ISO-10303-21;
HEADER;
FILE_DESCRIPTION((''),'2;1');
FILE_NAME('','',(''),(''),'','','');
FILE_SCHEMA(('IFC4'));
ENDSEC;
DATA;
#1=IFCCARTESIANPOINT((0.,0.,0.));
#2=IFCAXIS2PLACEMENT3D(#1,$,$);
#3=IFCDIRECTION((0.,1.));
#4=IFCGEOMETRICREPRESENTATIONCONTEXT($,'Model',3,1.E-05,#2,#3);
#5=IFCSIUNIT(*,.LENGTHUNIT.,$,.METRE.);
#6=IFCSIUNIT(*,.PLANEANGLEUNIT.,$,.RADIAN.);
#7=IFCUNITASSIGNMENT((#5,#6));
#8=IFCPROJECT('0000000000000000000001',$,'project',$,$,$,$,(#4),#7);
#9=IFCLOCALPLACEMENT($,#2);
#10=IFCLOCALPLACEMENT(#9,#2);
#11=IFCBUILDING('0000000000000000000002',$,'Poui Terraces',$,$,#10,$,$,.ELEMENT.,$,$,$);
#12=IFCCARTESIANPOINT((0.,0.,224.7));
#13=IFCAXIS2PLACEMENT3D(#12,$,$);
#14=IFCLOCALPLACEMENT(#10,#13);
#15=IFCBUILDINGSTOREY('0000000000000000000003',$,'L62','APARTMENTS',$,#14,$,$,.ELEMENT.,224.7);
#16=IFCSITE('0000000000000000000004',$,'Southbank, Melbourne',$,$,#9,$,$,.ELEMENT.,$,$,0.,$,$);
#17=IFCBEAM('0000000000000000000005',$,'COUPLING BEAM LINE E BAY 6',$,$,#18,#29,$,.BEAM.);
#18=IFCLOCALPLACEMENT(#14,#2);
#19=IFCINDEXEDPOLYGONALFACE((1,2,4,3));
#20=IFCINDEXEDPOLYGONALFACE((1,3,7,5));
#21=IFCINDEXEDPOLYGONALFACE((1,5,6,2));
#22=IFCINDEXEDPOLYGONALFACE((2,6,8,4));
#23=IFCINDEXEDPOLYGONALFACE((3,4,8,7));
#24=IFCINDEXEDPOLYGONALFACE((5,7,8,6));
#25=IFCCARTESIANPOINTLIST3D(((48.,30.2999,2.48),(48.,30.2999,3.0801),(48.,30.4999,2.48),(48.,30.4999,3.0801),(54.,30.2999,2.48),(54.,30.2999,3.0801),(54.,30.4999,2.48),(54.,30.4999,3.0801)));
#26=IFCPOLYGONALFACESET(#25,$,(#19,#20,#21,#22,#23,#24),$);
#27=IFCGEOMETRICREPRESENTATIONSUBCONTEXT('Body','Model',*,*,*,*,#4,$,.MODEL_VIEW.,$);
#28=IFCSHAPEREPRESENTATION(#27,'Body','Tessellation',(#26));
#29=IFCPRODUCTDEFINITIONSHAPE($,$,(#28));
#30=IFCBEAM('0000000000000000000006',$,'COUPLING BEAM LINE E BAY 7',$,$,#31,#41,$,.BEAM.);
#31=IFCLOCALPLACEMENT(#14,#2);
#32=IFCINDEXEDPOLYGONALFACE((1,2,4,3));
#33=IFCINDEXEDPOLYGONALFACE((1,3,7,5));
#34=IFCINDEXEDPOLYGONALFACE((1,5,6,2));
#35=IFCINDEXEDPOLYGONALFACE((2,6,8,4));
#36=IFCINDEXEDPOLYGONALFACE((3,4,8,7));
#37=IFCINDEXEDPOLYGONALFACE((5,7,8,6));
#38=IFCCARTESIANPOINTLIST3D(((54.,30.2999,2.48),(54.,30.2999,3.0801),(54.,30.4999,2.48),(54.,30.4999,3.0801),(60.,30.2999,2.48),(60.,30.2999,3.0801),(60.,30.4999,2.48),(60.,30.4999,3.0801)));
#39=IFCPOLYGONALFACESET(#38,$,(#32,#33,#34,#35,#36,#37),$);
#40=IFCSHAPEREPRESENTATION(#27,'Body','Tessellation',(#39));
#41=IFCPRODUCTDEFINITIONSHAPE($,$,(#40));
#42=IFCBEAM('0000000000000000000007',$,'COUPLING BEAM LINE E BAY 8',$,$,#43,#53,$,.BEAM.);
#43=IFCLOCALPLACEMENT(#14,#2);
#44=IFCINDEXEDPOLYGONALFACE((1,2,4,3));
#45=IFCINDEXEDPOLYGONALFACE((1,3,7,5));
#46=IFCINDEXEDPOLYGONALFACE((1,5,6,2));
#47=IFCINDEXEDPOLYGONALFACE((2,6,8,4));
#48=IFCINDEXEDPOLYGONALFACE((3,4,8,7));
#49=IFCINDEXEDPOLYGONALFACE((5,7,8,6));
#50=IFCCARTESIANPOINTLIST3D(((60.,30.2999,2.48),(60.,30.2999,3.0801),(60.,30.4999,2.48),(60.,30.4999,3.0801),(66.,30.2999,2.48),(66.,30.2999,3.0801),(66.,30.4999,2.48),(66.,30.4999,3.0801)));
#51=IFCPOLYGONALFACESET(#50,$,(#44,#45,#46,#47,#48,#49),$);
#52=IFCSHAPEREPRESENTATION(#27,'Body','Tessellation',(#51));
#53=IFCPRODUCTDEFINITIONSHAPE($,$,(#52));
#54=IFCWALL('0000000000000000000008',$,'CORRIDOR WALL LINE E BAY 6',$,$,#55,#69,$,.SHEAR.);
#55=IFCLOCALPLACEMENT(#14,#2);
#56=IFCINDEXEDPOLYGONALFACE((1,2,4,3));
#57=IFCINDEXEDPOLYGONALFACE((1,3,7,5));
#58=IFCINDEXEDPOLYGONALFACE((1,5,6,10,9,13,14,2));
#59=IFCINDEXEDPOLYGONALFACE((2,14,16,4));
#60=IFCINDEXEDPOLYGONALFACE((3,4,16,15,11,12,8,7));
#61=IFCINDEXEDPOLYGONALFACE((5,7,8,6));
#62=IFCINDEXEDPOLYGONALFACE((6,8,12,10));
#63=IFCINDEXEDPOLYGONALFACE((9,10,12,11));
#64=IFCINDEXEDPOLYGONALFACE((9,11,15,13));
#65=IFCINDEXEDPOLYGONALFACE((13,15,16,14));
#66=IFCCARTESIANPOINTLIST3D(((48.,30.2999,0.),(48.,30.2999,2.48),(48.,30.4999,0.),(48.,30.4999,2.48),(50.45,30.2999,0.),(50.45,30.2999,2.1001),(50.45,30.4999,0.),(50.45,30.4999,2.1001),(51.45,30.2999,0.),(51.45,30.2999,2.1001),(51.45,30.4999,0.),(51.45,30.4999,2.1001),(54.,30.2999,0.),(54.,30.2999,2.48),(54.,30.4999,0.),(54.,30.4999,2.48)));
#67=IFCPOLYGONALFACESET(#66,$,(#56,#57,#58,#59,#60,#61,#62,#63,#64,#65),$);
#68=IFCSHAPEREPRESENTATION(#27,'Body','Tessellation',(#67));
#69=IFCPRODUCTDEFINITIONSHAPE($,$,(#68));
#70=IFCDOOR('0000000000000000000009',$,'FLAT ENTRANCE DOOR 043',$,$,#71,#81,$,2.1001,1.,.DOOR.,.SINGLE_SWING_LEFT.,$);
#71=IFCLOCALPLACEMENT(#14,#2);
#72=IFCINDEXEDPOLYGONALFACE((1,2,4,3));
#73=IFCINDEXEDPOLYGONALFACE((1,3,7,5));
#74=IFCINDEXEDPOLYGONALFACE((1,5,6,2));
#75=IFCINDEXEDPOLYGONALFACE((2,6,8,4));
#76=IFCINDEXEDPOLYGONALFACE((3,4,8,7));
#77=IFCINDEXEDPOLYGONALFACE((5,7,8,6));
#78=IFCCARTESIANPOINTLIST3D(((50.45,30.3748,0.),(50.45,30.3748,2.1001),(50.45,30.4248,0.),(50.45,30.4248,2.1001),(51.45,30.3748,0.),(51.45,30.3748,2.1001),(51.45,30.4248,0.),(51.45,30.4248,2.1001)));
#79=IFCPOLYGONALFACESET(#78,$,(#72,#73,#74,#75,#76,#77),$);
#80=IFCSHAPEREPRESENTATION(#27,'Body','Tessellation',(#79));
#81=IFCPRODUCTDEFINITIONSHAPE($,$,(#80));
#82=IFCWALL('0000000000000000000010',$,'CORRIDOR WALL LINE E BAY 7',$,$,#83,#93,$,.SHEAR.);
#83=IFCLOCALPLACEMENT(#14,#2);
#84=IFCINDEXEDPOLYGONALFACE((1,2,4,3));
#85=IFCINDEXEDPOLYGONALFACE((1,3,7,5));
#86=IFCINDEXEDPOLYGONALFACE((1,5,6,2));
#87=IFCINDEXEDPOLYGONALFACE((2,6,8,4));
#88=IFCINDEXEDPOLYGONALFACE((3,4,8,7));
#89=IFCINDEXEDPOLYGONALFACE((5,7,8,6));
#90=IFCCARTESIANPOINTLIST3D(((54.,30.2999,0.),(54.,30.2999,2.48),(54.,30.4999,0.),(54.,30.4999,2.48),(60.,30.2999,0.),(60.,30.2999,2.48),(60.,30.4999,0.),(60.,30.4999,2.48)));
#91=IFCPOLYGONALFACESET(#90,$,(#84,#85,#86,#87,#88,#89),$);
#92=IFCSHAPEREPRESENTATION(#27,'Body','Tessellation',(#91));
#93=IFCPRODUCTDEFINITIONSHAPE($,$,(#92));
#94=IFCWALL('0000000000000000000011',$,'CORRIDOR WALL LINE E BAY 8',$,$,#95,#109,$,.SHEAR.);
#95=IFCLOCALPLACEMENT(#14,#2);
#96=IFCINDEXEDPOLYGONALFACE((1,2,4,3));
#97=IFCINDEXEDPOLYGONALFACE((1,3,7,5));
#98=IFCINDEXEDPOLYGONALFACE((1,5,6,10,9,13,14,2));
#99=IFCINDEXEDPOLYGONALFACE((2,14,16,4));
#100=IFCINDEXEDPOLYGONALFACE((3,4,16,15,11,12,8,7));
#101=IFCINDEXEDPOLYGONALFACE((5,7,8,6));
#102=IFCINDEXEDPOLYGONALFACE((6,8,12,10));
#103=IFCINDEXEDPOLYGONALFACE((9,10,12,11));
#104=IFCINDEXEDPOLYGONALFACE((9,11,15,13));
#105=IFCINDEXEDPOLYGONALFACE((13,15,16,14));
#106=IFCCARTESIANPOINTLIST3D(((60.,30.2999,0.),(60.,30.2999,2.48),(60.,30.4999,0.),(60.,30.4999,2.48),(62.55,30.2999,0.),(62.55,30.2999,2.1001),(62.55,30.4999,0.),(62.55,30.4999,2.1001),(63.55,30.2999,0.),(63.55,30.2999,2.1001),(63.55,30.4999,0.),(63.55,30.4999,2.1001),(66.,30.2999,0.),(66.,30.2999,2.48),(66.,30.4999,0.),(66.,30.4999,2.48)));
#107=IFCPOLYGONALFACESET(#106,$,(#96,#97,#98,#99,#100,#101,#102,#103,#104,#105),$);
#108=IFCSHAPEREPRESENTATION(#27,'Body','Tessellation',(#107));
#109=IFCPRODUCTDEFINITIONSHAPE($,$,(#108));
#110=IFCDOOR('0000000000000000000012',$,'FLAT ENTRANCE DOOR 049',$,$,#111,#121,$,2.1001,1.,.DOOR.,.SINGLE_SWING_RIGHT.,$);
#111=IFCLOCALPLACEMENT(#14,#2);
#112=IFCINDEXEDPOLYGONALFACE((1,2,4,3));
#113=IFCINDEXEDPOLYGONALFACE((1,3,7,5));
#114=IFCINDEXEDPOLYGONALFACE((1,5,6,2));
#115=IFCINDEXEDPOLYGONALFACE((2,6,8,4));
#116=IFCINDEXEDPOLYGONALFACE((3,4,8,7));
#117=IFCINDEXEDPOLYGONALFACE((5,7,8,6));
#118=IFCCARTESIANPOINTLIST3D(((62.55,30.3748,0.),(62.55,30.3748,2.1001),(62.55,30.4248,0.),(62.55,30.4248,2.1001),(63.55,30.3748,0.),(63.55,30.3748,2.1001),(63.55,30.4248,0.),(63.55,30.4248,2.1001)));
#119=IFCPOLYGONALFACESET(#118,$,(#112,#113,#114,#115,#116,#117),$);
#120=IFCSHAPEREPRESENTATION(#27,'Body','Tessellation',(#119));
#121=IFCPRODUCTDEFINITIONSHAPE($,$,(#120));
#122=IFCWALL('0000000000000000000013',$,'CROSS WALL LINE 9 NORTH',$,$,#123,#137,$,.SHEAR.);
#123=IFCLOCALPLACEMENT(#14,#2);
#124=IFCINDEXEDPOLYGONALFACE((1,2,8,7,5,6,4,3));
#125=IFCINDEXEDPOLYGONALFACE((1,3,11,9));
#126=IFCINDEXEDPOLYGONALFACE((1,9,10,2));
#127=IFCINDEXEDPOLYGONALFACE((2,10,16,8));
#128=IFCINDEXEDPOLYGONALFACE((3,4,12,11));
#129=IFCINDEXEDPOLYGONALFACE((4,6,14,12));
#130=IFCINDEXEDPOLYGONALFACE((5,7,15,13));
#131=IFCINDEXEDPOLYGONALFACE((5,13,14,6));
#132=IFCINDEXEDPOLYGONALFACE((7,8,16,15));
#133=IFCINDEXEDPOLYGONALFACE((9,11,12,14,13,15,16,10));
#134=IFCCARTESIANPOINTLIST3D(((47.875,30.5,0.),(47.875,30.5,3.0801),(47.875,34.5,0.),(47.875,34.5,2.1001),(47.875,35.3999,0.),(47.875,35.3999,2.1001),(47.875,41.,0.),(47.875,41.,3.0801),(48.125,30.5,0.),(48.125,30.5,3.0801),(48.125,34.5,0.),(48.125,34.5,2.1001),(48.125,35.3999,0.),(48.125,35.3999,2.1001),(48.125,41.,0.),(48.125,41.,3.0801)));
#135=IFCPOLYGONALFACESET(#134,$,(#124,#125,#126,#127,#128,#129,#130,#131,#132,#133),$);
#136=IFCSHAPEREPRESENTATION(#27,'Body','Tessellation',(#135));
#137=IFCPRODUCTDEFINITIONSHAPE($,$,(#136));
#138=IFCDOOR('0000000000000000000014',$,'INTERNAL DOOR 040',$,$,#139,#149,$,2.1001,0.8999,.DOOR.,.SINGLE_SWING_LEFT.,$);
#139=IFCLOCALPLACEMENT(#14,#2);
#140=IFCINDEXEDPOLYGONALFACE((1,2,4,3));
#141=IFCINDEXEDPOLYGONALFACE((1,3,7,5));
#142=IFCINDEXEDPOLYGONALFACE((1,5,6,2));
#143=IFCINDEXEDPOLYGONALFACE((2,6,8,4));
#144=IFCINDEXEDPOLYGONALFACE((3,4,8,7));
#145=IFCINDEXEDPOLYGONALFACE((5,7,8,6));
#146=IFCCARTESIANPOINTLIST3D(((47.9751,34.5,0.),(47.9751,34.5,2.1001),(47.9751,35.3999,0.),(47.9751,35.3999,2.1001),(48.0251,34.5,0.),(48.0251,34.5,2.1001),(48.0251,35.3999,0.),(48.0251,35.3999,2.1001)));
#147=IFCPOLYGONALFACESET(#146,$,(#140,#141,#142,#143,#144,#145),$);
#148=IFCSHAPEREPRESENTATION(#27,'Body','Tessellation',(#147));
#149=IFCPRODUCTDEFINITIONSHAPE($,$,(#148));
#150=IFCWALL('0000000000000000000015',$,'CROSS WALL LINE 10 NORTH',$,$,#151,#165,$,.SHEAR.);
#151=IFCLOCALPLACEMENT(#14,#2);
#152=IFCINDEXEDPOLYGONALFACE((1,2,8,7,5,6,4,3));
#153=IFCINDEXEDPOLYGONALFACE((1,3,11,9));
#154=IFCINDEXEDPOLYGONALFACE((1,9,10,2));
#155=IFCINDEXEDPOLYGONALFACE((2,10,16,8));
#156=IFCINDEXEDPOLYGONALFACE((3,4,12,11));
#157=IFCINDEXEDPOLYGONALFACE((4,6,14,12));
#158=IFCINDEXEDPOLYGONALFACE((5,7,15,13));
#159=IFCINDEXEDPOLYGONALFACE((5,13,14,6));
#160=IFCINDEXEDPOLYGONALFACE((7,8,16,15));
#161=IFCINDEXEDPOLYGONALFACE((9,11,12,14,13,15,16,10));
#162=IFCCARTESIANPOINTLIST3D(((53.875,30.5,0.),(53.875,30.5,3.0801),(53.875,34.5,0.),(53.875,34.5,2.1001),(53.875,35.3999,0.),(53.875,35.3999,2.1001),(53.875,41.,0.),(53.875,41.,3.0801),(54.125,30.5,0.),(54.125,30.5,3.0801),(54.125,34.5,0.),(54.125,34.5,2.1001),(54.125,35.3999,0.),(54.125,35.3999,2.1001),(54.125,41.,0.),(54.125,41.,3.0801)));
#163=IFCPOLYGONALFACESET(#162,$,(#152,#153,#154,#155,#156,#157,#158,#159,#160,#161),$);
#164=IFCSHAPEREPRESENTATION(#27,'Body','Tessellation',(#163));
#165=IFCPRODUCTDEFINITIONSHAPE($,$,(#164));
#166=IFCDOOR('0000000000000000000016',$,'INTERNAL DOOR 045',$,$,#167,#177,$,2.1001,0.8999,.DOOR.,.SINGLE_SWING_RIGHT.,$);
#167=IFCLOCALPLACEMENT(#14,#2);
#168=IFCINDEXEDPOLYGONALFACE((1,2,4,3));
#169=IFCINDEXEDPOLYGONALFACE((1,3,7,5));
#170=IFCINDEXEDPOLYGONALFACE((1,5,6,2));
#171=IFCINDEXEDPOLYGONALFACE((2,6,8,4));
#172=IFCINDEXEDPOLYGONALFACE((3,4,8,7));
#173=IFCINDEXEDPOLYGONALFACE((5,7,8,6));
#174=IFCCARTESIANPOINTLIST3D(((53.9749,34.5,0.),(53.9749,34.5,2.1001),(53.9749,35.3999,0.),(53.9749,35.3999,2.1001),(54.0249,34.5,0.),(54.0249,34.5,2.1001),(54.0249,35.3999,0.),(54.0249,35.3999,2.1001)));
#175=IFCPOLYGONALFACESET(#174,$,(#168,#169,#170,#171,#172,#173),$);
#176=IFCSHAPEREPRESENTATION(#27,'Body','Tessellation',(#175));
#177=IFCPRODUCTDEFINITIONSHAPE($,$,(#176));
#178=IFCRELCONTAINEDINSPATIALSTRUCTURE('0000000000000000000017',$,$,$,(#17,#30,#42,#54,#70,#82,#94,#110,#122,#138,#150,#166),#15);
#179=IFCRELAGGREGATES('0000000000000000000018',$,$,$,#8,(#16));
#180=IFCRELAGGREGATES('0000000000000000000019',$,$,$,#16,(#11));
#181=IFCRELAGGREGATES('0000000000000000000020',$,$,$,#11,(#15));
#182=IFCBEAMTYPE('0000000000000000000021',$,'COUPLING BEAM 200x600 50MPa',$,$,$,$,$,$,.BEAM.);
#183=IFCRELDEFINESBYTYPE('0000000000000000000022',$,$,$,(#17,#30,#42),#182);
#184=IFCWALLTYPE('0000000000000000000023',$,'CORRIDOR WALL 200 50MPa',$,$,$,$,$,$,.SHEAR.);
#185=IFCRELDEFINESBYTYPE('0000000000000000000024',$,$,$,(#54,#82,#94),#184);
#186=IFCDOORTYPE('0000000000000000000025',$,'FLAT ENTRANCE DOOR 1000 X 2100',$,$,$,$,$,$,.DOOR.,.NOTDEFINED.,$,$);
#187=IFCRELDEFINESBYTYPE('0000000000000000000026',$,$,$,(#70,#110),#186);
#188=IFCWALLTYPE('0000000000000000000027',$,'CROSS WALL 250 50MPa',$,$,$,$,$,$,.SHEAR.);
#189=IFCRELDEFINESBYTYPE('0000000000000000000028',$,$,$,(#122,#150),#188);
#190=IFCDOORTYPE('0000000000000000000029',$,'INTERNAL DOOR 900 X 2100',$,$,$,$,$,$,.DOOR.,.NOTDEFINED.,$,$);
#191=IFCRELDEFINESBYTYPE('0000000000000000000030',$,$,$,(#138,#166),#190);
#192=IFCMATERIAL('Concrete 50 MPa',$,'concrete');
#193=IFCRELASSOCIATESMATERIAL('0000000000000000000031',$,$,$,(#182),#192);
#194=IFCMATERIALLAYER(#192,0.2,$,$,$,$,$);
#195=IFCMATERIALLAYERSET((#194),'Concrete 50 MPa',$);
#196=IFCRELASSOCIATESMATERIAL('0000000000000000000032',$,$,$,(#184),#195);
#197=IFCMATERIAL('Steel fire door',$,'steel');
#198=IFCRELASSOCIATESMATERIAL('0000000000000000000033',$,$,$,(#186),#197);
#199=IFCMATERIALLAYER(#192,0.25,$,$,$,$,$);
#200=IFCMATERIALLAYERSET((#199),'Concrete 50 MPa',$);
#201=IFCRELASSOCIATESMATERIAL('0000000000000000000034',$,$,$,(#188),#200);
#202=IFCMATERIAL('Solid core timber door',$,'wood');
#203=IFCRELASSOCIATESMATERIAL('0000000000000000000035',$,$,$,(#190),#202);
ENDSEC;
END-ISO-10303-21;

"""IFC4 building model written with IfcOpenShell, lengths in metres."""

from ifc_helpers import new_model, si_unit, direction, frame, frame_2d, origin, origin_2d, place, context, subcontext, project, spatial, rectangle, extrude, source, transform, mapped, material, layer, layer_set, material_profile, profile_set, type_object, element, fill, save


model = new_model("IFC4")

# Units and contexts
model_context = context("Model", 3, precision=1e-05, world=origin(), true_north=direction((0.0, 1.0)))
body_context = subcontext(model_context, "Body", "Model", "MODEL_VIEW")
ifc_project = project(units=[si_unit("LENGTHUNIT", "METRE"), si_unit("PLANEANGLEUNIT", "RADIAN")], contexts=[model_context])

# Site, building, storey
site_placement = place(None, origin())
site = spatial("IfcSite", under=ifc_project, at=site_placement, Name="Southbank, Melbourne", CompositionType="ELEMENT", RefElevation=0.0)
building_placement = place(site_placement, origin())
building = spatial("IfcBuilding", under=site, at=building_placement, Name="Poui Terraces", CompositionType="ELEMENT")
storey_placement = place(building_placement, frame((0.0, 0.0, 224.7)))
storey = spatial("IfcBuildingStorey", under=building, at=storey_placement, Name="L62", Description="APARTMENTS", CompositionType="ELEMENT", Elevation=224.7)

# Beams
ifc_material_1 = material(Name="Concrete 50 MPa", Category="concrete")
ifc_material_profile = material_profile(ifc_material_1, rectangle(XDim=0.2, YDim=0.6001, at=origin_2d()), Name="RC 200x600")
ifc_profile_set = profile_set([ifc_material_profile], Name="Concrete 50 MPa")
beam_type = type_object("IfcBeamType", Name="COUPLING BEAM 200x600 50MPa", PredefinedType="BEAM", material=ifc_profile_set)
shared_shape = source(origin(), body_context, "Body", "SweptSolid", [
    extrude(rectangle(XDim=0.2, YDim=0.6001, at=origin_2d()), origin(), (0.0, 0.0, 1.0), 6.0),
])
for number, where, z_axis, x_axis, name in (
    (1, (48.0, 30.3999, 2.78), (1.0, 0.0, 0.0), (0.0, 1.0, 0.0), "COUPLING BEAM LINE E BAY 6"),
    (2, (54.0, 30.3999, 2.78), (1.0, 0.0, 0.0), (0.0, 1.0, 0.0), "COUPLING BEAM LINE E BAY 7"),
    (3, (60.0, 30.3999, 2.78), (1.0, 0.0, 0.0), (0.0, 1.0, 0.0), "COUPLING BEAM LINE E BAY 8"),
):
    element("IfcBeam", number, at=place(storey_placement, frame(where, z_axis=z_axis, x_axis=x_axis)), inside=storey, type_object=beam_type, Name=name, PredefinedType="BEAM", context=body_context, shape_type="MappedRepresentation", body=[
        mapped(shared_shape, transform((0.0, 0.0, 0.0))),
    ])

# Wall, opening, door
ifc_layer_1 = layer(ifc_material_1, 0.2)
ifc_layer_set_1 = layer_set([ifc_layer_1], Name="Concrete 50 MPa")
wall_type_1 = type_object("IfcWallType", Name="CORRIDOR WALL 200 50MPa", PredefinedType="SHEAR", material=ifc_layer_set_1)
wall_1_placement = place(storey_placement, frame((48.0, 30.3999, 0.0), z_axis=(0.0, 0.0, 1.0), x_axis=(1.0, 0.0, 0.0)))
wall_1 = element("IfcWall", 4, at=wall_1_placement, inside=storey, type_object=wall_type_1, Name="CORRIDOR WALL LINE E BAY 6", PredefinedType="SHEAR", context=body_context, shape_type="SweptSolid", body=[
    extrude(rectangle(XDim=6.0, YDim=0.2, at=frame_2d((3.0, 0.0))), origin(), (0.0, 0.0, 1.0), 2.48),
])
opening_1_placement = place(wall_1_placement, frame((2.45, 0.0, 0.0)))
opening_1 = element("IfcOpeningElement", 5, at=opening_1_placement, cuts=wall_1, PredefinedType="OPENING", context=body_context, shape_type="SweptSolid", body=[
    extrude(rectangle(XDim=1.0, YDim=2.1001, at=frame_2d((0.5, 1.05))), frame((0.0, 0.1099, 0.0), z_axis=(0.0, -1.0, 0.0), x_axis=(1.0, 0.0, 0.0)), (0.0, 0.0, 1.0), 0.22),
])
ifc_material_2 = material(Name="Steel fire door", Category="steel")
door_type_1 = type_object("IfcDoorType", Name="FLAT ENTRANCE DOOR 1000 X 2100", OperationType="NOTDEFINED", PredefinedType="DOOR", material=ifc_material_2)
door_1_placement = place(opening_1_placement, origin())
door_1 = element("IfcDoor", 6, at=door_1_placement, inside=storey, type_object=door_type_1, Name="FLAT ENTRANCE DOOR 043", OperationType="SINGLE_SWING_LEFT", OverallHeight=2.1001, OverallWidth=1.0, PredefinedType="DOOR", context=body_context, shape_type="SweptSolid", body=[
    extrude(rectangle(XDim=1.0, YDim=2.1001, at=frame_2d((0.5, 1.05))), frame((0.0, 0.0249, 0.0), z_axis=(0.0, -1.0, 0.0), x_axis=(1.0, 0.0, 0.0)), (0.0, 0.0, 1.0), 0.05),
])
fill(opening_1, door_1)

# Wall
wall_2_placement = place(storey_placement, frame((54.0, 30.3999, 0.0), z_axis=(0.0, 0.0, 1.0), x_axis=(1.0, 0.0, 0.0)))
element("IfcWall", 7, at=wall_2_placement, inside=storey, type_object=wall_type_1, Name="CORRIDOR WALL LINE E BAY 7", PredefinedType="SHEAR", context=body_context, shape_type="SweptSolid", body=[
    extrude(rectangle(XDim=6.0, YDim=0.2, at=frame_2d((3.0, 0.0))), origin(), (0.0, 0.0, 1.0), 2.48),
])

# Walls, openings, doors
wall_3_placement = place(storey_placement, frame((60.0, 30.3999, 0.0), z_axis=(0.0, 0.0, 1.0), x_axis=(1.0, 0.0, 0.0)))
wall_3 = element("IfcWall", 8, at=wall_3_placement, inside=storey, type_object=wall_type_1, Name="CORRIDOR WALL LINE E BAY 8", PredefinedType="SHEAR", context=body_context, shape_type="SweptSolid", body=[
    extrude(rectangle(XDim=6.0, YDim=0.2, at=frame_2d((3.0, 0.0))), origin(), (0.0, 0.0, 1.0), 2.48),
])
opening_2_placement = place(wall_3_placement, frame((2.55, 0.0, 0.0)))
opening_2 = element("IfcOpeningElement", 9, at=opening_2_placement, cuts=wall_3, PredefinedType="OPENING", context=body_context, shape_type="SweptSolid", body=[
    extrude(rectangle(XDim=1.0, YDim=2.1001, at=frame_2d((0.5, 1.05))), frame((0.0, 0.1099, 0.0), z_axis=(0.0, -1.0, 0.0), x_axis=(1.0, 0.0, 0.0)), (0.0, 0.0, 1.0), 0.22),
])
door_2_placement = place(opening_2_placement, origin())
door_2 = element("IfcDoor", 10, at=door_2_placement, inside=storey, type_object=door_type_1, Name="FLAT ENTRANCE DOOR 049", OperationType="SINGLE_SWING_RIGHT", OverallHeight=2.1001, OverallWidth=1.0, PredefinedType="DOOR", context=body_context, shape_type="SweptSolid", body=[
    extrude(rectangle(XDim=1.0, YDim=2.1001, at=frame_2d((0.5, 1.05))), frame((0.0, 0.0249, 0.0), z_axis=(0.0, -1.0, 0.0), x_axis=(1.0, 0.0, 0.0)), (0.0, 0.0, 1.0), 0.05),
])
fill(opening_2, door_2)
ifc_layer_2 = layer(ifc_material_1, 0.25)
ifc_layer_set_2 = layer_set([ifc_layer_2], Name="Concrete 50 MPa")
wall_type_2 = type_object("IfcWallType", Name="CROSS WALL 250 50MPa", PredefinedType="SHEAR", material=ifc_layer_set_2)
wall_4_placement = place(storey_placement, frame((48.0, 30.5, 0.0), z_axis=(0.0, 0.0, 1.0), x_axis=(0.0, 1.0, 0.0)))
wall_4 = element("IfcWall", 11, at=wall_4_placement, inside=storey, type_object=wall_type_2, Name="CROSS WALL LINE 9 NORTH", PredefinedType="SHEAR", context=body_context, shape_type="SweptSolid", body=[
    extrude(rectangle(XDim=10.5, YDim=0.25, at=frame_2d((5.25, 0.0))), origin(), (0.0, 0.0, 1.0), 3.0801),
])
opening_3_placement = place(wall_4_placement, frame((4.0, 0.0, 0.0)))
opening_3 = element("IfcOpeningElement", 12, at=opening_3_placement, cuts=wall_4, PredefinedType="OPENING", context=body_context, shape_type="SweptSolid", body=[
    extrude(rectangle(XDim=0.8999, YDim=2.1001, at=frame_2d((0.45, 1.05))), frame((0.0, 0.135, 0.0), z_axis=(0.0, -1.0, 0.0), x_axis=(1.0, 0.0, 0.0)), (0.0, 0.0, 1.0), 0.27),
])
ifc_material_3 = material(Name="Solid core timber door", Category="wood")
door_type_2 = type_object("IfcDoorType", Name="INTERNAL DOOR 900 X 2100", OperationType="NOTDEFINED", PredefinedType="DOOR", material=ifc_material_3)
door_3_placement = place(opening_3_placement, origin())
door_3 = element("IfcDoor", 13, at=door_3_placement, inside=storey, type_object=door_type_2, Name="INTERNAL DOOR 040", OperationType="SINGLE_SWING_LEFT", OverallHeight=2.1001, OverallWidth=0.8999, PredefinedType="DOOR", context=body_context, shape_type="SweptSolid", body=[
    extrude(rectangle(XDim=0.8999, YDim=2.1001, at=frame_2d((0.45, 1.05))), frame((0.0, 0.0249, 0.0), z_axis=(0.0, -1.0, 0.0), x_axis=(1.0, 0.0, 0.0)), (0.0, 0.0, 1.0), 0.05),
])
fill(opening_3, door_3)
wall_5_placement = place(storey_placement, frame((54.0, 30.5, 0.0), z_axis=(0.0, 0.0, 1.0), x_axis=(0.0, 1.0, 0.0)))
wall_5 = element("IfcWall", 14, at=wall_5_placement, inside=storey, type_object=wall_type_2, Name="CROSS WALL LINE 10 NORTH", PredefinedType="SHEAR", context=body_context, shape_type="SweptSolid", body=[
    extrude(rectangle(XDim=10.5, YDim=0.25, at=frame_2d((5.25, 0.0))), origin(), (0.0, 0.0, 1.0), 3.0801),
])
opening_4_placement = place(wall_5_placement, frame((4.0, 0.0, 0.0)))
opening_4 = element("IfcOpeningElement", 15, at=opening_4_placement, cuts=wall_5, PredefinedType="OPENING", context=body_context, shape_type="SweptSolid", body=[
    extrude(rectangle(XDim=0.8999, YDim=2.1001, at=frame_2d((0.45, 1.05))), frame((0.0, 0.135, 0.0), z_axis=(0.0, -1.0, 0.0), x_axis=(1.0, 0.0, 0.0)), (0.0, 0.0, 1.0), 0.27),
])
door_4_placement = place(opening_4_placement, frame((0.8999, 0.0, 0.0), z_axis=(0.0, 0.0, 1.0), x_axis=(-1.0, 0.0, 0.0)))
door_4 = element("IfcDoor", 16, at=door_4_placement, inside=storey, type_object=door_type_2, Name="INTERNAL DOOR 045", OperationType="SINGLE_SWING_RIGHT", OverallHeight=2.1001, OverallWidth=0.8999, PredefinedType="DOOR", context=body_context, shape_type="SweptSolid", body=[
    extrude(rectangle(XDim=0.8999, YDim=2.1001, at=frame_2d((0.45, 1.05))), frame((0.0, 0.0249, 0.0), z_axis=(0.0, -1.0, 0.0), x_axis=(1.0, 0.0, 0.0)), (0.0, 0.0, 1.0), 0.05),
])
fill(opening_4, door_4)

save(model, "model.ifc")
